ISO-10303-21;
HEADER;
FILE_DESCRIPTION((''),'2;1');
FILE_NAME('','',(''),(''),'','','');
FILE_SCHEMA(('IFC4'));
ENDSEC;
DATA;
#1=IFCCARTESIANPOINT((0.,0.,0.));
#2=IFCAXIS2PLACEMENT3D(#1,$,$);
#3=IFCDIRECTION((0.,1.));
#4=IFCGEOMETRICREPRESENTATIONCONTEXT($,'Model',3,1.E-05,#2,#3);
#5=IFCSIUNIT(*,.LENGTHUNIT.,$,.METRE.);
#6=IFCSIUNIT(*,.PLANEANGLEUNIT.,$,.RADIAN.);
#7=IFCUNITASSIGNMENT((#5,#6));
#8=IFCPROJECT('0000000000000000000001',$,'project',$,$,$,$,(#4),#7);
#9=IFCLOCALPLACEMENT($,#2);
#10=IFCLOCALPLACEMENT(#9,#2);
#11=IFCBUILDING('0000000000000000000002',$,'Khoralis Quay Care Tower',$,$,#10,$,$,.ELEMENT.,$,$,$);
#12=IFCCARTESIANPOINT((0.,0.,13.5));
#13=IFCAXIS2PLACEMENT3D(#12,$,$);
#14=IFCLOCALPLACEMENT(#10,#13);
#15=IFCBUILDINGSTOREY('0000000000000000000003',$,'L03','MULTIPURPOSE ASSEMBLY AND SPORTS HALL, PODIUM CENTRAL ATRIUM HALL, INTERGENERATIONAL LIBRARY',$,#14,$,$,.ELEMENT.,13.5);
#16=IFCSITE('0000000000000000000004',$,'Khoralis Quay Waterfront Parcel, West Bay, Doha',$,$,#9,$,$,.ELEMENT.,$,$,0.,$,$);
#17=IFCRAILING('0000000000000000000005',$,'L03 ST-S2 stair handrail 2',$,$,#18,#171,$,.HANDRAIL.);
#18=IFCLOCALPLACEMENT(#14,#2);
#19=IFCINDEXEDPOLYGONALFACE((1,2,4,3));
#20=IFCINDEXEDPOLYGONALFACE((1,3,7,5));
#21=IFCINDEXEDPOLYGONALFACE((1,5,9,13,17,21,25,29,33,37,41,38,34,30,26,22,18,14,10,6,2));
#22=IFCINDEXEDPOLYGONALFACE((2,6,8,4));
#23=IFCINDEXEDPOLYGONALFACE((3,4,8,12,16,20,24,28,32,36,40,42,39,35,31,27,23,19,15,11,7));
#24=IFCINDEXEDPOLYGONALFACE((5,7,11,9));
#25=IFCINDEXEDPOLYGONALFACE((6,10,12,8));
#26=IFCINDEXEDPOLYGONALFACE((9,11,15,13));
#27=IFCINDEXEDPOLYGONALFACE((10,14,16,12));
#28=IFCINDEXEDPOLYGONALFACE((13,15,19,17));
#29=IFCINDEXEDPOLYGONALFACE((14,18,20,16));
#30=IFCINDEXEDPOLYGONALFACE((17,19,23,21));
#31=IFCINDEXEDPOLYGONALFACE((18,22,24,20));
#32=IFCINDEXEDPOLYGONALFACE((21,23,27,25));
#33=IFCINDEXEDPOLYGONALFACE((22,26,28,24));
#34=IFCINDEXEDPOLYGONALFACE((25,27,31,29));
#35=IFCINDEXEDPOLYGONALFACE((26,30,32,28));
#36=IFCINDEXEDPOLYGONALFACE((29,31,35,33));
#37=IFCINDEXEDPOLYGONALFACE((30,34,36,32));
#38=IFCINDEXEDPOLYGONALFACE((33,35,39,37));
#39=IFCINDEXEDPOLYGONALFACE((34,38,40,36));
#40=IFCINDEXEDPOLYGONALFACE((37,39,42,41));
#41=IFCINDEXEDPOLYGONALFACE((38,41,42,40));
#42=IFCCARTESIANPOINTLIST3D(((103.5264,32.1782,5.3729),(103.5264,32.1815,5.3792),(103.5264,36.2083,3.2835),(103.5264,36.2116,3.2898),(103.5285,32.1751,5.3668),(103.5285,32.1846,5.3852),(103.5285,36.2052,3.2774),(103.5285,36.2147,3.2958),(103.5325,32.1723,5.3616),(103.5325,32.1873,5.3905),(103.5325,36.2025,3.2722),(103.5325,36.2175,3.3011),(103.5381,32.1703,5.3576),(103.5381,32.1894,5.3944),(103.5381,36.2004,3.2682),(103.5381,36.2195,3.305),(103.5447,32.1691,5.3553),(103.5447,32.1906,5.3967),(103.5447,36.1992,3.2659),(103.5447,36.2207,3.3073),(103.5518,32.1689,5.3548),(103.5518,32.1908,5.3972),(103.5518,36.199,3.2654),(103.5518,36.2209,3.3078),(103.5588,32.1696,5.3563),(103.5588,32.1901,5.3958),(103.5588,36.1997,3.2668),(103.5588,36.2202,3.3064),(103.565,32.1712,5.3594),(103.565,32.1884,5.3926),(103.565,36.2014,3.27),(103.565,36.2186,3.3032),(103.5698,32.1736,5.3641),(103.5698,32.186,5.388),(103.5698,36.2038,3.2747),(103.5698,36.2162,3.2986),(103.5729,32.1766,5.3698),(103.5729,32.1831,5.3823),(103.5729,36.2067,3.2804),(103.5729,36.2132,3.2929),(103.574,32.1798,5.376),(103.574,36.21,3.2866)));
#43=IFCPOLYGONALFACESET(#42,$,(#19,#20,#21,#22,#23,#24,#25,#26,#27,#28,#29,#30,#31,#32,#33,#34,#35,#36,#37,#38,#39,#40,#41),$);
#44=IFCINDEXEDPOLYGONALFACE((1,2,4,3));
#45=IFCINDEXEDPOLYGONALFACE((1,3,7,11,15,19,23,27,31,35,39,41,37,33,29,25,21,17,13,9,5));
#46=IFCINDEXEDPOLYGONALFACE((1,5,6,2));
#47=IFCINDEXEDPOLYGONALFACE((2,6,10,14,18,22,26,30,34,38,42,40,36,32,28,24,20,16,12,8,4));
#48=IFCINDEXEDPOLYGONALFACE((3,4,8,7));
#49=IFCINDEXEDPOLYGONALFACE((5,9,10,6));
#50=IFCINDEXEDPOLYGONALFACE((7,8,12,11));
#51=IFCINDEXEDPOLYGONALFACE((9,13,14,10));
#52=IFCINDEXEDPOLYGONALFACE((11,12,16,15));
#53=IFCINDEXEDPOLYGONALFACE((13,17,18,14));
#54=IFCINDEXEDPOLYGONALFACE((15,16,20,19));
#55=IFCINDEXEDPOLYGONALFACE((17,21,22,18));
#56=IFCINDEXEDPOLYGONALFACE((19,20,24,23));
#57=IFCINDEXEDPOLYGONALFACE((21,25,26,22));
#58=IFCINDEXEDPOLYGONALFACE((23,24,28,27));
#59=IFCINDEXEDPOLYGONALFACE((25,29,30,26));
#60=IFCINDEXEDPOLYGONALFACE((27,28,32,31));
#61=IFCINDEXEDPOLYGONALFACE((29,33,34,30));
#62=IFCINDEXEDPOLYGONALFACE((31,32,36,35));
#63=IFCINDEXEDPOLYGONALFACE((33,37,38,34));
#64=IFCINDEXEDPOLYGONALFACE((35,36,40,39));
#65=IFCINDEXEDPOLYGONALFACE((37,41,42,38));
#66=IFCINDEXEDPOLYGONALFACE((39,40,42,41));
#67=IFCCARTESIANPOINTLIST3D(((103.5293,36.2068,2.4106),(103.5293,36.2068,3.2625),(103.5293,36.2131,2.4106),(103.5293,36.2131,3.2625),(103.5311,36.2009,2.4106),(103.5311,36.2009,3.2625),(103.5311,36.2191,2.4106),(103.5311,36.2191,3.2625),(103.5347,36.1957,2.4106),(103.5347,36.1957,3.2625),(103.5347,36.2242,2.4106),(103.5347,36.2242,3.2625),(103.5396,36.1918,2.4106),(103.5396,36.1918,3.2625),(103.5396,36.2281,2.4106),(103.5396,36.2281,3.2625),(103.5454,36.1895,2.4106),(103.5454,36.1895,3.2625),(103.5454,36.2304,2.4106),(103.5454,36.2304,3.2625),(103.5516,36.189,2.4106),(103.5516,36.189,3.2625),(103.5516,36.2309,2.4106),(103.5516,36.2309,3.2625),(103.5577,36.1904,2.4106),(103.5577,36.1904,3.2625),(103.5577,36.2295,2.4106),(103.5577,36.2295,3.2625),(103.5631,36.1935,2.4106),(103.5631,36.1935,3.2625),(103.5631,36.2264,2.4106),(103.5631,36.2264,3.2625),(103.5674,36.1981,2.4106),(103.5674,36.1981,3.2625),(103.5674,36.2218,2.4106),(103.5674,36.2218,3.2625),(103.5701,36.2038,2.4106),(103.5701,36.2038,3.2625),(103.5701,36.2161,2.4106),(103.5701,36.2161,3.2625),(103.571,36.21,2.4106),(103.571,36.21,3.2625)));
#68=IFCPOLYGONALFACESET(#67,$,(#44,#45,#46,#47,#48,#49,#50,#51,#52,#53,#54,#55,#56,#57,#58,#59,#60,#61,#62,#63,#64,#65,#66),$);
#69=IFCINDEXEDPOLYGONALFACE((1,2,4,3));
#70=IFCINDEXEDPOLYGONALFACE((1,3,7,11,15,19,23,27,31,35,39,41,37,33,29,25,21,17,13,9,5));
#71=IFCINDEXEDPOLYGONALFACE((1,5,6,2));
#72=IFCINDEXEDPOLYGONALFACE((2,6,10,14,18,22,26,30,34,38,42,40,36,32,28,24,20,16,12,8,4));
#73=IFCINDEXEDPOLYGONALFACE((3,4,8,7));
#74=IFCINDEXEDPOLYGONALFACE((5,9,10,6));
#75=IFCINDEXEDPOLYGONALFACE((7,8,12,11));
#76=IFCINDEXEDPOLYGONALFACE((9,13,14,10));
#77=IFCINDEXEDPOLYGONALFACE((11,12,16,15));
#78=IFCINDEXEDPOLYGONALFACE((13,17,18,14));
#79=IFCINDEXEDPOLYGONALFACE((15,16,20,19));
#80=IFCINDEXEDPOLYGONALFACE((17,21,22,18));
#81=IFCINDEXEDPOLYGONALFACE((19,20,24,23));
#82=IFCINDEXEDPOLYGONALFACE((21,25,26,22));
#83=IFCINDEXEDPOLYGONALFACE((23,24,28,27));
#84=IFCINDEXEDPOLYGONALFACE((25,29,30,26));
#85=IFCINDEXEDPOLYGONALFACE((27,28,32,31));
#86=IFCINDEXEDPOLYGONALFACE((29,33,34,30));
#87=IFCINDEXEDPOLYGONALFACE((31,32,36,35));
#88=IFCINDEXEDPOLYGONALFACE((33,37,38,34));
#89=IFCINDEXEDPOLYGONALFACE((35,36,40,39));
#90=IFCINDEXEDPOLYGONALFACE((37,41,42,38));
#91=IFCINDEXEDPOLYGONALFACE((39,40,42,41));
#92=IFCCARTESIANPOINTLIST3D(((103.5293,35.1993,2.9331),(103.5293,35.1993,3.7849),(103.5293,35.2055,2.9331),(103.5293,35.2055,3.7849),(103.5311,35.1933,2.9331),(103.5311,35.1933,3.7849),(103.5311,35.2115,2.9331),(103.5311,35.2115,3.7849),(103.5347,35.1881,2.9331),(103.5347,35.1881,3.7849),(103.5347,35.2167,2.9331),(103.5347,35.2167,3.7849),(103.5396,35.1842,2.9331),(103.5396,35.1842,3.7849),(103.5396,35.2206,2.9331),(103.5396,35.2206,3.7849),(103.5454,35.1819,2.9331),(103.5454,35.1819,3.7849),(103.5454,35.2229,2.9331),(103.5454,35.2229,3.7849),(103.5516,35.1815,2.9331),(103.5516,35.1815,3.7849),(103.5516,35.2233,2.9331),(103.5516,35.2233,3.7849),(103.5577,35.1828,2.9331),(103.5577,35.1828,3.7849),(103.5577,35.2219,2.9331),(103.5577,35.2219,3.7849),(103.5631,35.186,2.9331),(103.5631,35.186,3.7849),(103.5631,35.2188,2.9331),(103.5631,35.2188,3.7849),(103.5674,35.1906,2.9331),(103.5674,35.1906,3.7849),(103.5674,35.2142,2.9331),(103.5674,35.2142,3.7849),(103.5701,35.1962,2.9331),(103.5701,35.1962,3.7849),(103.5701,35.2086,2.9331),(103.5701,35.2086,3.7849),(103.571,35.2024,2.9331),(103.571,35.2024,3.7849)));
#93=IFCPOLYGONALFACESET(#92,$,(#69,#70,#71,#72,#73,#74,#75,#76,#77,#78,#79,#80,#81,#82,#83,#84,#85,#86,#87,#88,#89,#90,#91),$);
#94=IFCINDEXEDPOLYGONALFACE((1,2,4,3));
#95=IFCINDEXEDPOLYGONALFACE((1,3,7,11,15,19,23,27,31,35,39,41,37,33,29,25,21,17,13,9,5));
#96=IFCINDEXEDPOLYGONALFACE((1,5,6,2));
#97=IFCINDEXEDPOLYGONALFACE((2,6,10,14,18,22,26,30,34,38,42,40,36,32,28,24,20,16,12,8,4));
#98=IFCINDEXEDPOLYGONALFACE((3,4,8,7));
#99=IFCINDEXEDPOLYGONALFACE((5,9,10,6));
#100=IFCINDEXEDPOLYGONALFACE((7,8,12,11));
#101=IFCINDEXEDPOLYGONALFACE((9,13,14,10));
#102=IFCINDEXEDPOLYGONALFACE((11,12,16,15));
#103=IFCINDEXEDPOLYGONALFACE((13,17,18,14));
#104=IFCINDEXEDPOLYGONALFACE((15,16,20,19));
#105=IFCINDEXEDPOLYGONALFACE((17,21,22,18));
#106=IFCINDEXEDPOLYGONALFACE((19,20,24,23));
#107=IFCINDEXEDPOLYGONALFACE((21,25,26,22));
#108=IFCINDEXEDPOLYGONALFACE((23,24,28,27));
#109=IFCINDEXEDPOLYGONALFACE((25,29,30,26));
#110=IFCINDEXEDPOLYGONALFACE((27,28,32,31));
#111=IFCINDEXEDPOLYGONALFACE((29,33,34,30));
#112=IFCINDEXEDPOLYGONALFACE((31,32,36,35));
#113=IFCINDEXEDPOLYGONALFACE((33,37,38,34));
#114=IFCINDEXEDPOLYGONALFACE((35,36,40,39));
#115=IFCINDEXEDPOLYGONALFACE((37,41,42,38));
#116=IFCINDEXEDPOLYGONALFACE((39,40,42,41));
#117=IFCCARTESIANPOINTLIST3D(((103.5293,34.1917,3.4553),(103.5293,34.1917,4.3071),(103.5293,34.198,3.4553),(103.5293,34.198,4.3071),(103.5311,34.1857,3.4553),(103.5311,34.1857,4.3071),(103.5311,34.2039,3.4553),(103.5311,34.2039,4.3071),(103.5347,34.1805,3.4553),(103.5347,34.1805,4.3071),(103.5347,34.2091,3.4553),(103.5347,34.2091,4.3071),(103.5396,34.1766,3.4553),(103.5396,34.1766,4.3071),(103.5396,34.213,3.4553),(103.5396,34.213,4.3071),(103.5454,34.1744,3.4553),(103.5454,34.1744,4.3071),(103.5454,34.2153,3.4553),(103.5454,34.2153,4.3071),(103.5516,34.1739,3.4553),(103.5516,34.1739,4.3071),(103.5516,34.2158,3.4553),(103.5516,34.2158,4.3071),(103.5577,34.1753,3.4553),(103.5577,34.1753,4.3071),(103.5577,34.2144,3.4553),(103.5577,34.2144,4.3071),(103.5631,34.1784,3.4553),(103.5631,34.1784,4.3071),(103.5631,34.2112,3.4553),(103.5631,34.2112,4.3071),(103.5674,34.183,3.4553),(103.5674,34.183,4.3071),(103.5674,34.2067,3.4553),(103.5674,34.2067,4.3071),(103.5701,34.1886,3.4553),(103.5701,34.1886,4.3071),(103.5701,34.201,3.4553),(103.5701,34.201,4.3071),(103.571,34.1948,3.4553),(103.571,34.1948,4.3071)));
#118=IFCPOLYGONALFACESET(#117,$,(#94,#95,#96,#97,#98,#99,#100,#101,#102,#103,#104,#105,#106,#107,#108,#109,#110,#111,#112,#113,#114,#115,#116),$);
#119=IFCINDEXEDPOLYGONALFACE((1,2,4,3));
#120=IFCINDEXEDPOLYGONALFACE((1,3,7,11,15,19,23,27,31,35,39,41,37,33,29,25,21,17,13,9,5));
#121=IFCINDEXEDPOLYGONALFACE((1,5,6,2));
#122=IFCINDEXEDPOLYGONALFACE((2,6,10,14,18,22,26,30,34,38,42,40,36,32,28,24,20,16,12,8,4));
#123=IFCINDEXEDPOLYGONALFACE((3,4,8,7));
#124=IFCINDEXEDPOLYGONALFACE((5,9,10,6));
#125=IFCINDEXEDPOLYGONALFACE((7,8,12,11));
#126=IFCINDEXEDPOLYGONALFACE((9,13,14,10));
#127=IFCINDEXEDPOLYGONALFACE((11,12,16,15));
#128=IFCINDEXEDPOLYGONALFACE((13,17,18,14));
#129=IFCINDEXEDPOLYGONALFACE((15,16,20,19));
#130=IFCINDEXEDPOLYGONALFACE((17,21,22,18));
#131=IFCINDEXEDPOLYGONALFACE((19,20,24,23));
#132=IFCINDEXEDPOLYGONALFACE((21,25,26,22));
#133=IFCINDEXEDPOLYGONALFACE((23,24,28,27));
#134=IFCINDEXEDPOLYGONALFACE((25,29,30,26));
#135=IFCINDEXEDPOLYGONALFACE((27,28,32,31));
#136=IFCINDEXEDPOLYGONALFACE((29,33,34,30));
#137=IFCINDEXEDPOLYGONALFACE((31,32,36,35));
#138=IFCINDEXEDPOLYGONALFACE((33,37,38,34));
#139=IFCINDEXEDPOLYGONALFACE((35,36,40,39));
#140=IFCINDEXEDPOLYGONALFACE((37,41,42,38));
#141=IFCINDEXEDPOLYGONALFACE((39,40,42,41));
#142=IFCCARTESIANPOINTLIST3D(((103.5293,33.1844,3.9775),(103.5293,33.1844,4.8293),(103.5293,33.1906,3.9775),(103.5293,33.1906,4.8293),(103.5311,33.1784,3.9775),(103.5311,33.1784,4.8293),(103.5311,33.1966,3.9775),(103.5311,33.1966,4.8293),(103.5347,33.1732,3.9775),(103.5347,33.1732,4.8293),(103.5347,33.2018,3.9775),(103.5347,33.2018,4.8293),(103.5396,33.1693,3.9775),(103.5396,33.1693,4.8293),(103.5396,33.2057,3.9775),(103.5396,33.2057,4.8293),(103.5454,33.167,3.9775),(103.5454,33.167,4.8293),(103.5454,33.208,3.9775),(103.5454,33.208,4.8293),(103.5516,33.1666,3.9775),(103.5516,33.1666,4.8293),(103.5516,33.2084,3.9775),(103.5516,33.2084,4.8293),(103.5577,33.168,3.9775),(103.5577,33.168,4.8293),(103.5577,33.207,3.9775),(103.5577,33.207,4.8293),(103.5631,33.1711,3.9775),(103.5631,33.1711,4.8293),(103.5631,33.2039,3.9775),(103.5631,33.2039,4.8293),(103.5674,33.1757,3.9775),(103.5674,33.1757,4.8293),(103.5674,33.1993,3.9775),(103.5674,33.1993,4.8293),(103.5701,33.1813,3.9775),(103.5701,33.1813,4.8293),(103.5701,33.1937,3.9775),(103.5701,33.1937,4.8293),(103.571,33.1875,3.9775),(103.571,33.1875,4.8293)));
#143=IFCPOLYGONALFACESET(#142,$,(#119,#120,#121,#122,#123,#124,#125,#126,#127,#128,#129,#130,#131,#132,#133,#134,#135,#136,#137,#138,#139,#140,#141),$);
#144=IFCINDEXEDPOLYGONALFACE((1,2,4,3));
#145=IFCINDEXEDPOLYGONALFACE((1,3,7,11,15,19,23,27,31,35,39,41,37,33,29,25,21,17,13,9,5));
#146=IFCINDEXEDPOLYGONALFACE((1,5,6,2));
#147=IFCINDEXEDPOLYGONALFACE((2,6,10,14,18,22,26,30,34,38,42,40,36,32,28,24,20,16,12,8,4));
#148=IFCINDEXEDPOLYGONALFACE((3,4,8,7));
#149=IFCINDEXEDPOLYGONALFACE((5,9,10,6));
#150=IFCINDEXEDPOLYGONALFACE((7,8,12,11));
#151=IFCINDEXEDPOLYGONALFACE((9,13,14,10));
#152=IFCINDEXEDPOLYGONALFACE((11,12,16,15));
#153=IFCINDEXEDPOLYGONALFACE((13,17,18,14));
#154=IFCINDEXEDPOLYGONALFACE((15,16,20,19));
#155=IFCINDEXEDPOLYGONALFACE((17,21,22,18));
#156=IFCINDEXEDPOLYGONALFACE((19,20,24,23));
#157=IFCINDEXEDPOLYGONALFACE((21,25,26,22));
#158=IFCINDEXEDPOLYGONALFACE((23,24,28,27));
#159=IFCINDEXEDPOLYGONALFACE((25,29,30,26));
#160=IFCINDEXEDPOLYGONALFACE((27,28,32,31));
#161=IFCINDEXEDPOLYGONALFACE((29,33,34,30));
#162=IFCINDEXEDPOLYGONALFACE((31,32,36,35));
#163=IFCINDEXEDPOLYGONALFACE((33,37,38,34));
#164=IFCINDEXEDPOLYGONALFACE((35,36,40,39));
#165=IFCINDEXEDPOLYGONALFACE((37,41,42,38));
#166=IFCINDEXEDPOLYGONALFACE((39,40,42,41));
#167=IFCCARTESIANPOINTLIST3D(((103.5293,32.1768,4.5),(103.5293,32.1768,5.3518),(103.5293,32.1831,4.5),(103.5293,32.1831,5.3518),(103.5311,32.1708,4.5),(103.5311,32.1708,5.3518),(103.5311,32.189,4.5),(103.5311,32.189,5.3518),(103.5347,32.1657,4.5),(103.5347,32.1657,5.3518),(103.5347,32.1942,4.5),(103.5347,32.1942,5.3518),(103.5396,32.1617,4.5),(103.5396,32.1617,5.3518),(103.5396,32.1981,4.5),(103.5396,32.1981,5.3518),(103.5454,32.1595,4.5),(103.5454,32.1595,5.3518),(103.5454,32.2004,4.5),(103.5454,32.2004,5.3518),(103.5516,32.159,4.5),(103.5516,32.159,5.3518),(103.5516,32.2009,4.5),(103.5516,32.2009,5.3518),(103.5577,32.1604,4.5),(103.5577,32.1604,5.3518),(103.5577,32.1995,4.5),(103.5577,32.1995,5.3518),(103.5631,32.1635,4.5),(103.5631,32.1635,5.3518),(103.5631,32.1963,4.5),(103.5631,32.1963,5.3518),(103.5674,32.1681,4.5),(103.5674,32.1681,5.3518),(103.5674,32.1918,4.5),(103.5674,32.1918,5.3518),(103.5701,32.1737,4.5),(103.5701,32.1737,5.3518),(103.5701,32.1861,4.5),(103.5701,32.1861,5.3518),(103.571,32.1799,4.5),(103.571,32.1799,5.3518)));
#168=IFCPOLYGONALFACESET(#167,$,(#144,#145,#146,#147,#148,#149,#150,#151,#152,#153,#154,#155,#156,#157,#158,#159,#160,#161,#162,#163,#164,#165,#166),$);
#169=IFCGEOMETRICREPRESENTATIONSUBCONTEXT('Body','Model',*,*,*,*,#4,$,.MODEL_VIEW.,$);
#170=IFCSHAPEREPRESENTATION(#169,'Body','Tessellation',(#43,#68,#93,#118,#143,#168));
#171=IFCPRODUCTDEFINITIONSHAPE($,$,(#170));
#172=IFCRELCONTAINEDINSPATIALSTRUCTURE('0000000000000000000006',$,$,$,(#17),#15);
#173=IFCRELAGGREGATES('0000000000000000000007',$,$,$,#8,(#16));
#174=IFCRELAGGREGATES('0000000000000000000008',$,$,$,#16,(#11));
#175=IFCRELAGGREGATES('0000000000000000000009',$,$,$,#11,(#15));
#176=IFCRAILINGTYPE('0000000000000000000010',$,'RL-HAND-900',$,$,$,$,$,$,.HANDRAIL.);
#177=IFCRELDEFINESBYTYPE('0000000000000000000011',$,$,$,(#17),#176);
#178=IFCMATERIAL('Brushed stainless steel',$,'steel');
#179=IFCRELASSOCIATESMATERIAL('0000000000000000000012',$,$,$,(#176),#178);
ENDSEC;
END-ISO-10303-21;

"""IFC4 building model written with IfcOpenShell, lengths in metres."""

from ifc_helpers import new_model, si_unit, direction, frame, origin, origin_2d, place, context, subcontext, project, spatial, circle, extrude, material, type_object, element, save


model = new_model("IFC4")

# Units and contexts
model_context = context("Model", 3, precision=1e-05, world=origin(), true_north=direction((0.0, 1.0)))
body_context = subcontext(model_context, "Body", "Model", "MODEL_VIEW")
ifc_project = project(units=[si_unit("LENGTHUNIT", "METRE"), si_unit("PLANEANGLEUNIT", "RADIAN")], contexts=[model_context])

# Site, building, storey
site_placement = place(None, origin())
site = spatial("IfcSite", under=ifc_project, at=site_placement, Name="Khoralis Quay Waterfront Parcel, West Bay, Doha", CompositionType="ELEMENT", RefElevation=0.0)
building_placement = place(site_placement, origin())
building = spatial("IfcBuilding", under=site, at=building_placement, Name="Khoralis Quay Care Tower", CompositionType="ELEMENT")
storey_placement = place(building_placement, frame((0.0, 0.0, 13.5)))
storey = spatial("IfcBuildingStorey", under=building, at=storey_placement, Name="L03", Description="MULTIPURPOSE ASSEMBLY AND SPORTS HALL, PODIUM CENTRAL ATRIUM HALL, INTERGENERATIONAL LIBRARY", CompositionType="ELEMENT", Elevation=13.5)

# Railing
ifc_material_1 = material(Name="Brushed stainless steel", Category="steel")
railing_type_1 = type_object("IfcRailingType", Name="RL-HAND-900", PredefinedType="HANDRAIL", material=ifc_material_1)
railing_1_placement = place(storey_placement, frame((103.55, 36.21, 2.4106)))
element("IfcRailing", 1, at=railing_1_placement, inside=storey, type_object=railing_type_1, Name="L03 ST-S2 stair handrail 2", PredefinedType="HANDRAIL", context=body_context, shape_type="SweptSolid", body=[
    extrude(circle(Radius=0.0239, at=origin_2d()), frame((0.0, 0.0, 0.876), z_axis=(0.0, -0.887781, 0.460267), x_axis=(1.0, 0.0, 0.0)), (0.0, 0.0, 1.0), 4.5396),
    extrude(circle(Radius=0.021, at=origin_2d()), origin(), (0.0, 0.0, 1.0), 0.8518),
    extrude(circle(Radius=0.021, at=origin_2d()), frame((0.0, -1.0076, 0.5225)), (0.0, 0.0, 1.0), 0.8518),
    extrude(circle(Radius=0.021, at=origin_2d()), frame((0.0, -2.0151, 1.0447)), (0.0, 0.0, 1.0), 0.8518),
    extrude(circle(Radius=0.021, at=origin_2d()), frame((0.0, -3.0225, 1.5669)), (0.0, 0.0, 1.0), 0.8518),
    extrude(circle(Radius=0.021, at=origin_2d()), frame((0.0, -4.03, 2.0894)), (0.0, 0.0, 1.0), 0.8518),
])

save(model, "model.ifc")
